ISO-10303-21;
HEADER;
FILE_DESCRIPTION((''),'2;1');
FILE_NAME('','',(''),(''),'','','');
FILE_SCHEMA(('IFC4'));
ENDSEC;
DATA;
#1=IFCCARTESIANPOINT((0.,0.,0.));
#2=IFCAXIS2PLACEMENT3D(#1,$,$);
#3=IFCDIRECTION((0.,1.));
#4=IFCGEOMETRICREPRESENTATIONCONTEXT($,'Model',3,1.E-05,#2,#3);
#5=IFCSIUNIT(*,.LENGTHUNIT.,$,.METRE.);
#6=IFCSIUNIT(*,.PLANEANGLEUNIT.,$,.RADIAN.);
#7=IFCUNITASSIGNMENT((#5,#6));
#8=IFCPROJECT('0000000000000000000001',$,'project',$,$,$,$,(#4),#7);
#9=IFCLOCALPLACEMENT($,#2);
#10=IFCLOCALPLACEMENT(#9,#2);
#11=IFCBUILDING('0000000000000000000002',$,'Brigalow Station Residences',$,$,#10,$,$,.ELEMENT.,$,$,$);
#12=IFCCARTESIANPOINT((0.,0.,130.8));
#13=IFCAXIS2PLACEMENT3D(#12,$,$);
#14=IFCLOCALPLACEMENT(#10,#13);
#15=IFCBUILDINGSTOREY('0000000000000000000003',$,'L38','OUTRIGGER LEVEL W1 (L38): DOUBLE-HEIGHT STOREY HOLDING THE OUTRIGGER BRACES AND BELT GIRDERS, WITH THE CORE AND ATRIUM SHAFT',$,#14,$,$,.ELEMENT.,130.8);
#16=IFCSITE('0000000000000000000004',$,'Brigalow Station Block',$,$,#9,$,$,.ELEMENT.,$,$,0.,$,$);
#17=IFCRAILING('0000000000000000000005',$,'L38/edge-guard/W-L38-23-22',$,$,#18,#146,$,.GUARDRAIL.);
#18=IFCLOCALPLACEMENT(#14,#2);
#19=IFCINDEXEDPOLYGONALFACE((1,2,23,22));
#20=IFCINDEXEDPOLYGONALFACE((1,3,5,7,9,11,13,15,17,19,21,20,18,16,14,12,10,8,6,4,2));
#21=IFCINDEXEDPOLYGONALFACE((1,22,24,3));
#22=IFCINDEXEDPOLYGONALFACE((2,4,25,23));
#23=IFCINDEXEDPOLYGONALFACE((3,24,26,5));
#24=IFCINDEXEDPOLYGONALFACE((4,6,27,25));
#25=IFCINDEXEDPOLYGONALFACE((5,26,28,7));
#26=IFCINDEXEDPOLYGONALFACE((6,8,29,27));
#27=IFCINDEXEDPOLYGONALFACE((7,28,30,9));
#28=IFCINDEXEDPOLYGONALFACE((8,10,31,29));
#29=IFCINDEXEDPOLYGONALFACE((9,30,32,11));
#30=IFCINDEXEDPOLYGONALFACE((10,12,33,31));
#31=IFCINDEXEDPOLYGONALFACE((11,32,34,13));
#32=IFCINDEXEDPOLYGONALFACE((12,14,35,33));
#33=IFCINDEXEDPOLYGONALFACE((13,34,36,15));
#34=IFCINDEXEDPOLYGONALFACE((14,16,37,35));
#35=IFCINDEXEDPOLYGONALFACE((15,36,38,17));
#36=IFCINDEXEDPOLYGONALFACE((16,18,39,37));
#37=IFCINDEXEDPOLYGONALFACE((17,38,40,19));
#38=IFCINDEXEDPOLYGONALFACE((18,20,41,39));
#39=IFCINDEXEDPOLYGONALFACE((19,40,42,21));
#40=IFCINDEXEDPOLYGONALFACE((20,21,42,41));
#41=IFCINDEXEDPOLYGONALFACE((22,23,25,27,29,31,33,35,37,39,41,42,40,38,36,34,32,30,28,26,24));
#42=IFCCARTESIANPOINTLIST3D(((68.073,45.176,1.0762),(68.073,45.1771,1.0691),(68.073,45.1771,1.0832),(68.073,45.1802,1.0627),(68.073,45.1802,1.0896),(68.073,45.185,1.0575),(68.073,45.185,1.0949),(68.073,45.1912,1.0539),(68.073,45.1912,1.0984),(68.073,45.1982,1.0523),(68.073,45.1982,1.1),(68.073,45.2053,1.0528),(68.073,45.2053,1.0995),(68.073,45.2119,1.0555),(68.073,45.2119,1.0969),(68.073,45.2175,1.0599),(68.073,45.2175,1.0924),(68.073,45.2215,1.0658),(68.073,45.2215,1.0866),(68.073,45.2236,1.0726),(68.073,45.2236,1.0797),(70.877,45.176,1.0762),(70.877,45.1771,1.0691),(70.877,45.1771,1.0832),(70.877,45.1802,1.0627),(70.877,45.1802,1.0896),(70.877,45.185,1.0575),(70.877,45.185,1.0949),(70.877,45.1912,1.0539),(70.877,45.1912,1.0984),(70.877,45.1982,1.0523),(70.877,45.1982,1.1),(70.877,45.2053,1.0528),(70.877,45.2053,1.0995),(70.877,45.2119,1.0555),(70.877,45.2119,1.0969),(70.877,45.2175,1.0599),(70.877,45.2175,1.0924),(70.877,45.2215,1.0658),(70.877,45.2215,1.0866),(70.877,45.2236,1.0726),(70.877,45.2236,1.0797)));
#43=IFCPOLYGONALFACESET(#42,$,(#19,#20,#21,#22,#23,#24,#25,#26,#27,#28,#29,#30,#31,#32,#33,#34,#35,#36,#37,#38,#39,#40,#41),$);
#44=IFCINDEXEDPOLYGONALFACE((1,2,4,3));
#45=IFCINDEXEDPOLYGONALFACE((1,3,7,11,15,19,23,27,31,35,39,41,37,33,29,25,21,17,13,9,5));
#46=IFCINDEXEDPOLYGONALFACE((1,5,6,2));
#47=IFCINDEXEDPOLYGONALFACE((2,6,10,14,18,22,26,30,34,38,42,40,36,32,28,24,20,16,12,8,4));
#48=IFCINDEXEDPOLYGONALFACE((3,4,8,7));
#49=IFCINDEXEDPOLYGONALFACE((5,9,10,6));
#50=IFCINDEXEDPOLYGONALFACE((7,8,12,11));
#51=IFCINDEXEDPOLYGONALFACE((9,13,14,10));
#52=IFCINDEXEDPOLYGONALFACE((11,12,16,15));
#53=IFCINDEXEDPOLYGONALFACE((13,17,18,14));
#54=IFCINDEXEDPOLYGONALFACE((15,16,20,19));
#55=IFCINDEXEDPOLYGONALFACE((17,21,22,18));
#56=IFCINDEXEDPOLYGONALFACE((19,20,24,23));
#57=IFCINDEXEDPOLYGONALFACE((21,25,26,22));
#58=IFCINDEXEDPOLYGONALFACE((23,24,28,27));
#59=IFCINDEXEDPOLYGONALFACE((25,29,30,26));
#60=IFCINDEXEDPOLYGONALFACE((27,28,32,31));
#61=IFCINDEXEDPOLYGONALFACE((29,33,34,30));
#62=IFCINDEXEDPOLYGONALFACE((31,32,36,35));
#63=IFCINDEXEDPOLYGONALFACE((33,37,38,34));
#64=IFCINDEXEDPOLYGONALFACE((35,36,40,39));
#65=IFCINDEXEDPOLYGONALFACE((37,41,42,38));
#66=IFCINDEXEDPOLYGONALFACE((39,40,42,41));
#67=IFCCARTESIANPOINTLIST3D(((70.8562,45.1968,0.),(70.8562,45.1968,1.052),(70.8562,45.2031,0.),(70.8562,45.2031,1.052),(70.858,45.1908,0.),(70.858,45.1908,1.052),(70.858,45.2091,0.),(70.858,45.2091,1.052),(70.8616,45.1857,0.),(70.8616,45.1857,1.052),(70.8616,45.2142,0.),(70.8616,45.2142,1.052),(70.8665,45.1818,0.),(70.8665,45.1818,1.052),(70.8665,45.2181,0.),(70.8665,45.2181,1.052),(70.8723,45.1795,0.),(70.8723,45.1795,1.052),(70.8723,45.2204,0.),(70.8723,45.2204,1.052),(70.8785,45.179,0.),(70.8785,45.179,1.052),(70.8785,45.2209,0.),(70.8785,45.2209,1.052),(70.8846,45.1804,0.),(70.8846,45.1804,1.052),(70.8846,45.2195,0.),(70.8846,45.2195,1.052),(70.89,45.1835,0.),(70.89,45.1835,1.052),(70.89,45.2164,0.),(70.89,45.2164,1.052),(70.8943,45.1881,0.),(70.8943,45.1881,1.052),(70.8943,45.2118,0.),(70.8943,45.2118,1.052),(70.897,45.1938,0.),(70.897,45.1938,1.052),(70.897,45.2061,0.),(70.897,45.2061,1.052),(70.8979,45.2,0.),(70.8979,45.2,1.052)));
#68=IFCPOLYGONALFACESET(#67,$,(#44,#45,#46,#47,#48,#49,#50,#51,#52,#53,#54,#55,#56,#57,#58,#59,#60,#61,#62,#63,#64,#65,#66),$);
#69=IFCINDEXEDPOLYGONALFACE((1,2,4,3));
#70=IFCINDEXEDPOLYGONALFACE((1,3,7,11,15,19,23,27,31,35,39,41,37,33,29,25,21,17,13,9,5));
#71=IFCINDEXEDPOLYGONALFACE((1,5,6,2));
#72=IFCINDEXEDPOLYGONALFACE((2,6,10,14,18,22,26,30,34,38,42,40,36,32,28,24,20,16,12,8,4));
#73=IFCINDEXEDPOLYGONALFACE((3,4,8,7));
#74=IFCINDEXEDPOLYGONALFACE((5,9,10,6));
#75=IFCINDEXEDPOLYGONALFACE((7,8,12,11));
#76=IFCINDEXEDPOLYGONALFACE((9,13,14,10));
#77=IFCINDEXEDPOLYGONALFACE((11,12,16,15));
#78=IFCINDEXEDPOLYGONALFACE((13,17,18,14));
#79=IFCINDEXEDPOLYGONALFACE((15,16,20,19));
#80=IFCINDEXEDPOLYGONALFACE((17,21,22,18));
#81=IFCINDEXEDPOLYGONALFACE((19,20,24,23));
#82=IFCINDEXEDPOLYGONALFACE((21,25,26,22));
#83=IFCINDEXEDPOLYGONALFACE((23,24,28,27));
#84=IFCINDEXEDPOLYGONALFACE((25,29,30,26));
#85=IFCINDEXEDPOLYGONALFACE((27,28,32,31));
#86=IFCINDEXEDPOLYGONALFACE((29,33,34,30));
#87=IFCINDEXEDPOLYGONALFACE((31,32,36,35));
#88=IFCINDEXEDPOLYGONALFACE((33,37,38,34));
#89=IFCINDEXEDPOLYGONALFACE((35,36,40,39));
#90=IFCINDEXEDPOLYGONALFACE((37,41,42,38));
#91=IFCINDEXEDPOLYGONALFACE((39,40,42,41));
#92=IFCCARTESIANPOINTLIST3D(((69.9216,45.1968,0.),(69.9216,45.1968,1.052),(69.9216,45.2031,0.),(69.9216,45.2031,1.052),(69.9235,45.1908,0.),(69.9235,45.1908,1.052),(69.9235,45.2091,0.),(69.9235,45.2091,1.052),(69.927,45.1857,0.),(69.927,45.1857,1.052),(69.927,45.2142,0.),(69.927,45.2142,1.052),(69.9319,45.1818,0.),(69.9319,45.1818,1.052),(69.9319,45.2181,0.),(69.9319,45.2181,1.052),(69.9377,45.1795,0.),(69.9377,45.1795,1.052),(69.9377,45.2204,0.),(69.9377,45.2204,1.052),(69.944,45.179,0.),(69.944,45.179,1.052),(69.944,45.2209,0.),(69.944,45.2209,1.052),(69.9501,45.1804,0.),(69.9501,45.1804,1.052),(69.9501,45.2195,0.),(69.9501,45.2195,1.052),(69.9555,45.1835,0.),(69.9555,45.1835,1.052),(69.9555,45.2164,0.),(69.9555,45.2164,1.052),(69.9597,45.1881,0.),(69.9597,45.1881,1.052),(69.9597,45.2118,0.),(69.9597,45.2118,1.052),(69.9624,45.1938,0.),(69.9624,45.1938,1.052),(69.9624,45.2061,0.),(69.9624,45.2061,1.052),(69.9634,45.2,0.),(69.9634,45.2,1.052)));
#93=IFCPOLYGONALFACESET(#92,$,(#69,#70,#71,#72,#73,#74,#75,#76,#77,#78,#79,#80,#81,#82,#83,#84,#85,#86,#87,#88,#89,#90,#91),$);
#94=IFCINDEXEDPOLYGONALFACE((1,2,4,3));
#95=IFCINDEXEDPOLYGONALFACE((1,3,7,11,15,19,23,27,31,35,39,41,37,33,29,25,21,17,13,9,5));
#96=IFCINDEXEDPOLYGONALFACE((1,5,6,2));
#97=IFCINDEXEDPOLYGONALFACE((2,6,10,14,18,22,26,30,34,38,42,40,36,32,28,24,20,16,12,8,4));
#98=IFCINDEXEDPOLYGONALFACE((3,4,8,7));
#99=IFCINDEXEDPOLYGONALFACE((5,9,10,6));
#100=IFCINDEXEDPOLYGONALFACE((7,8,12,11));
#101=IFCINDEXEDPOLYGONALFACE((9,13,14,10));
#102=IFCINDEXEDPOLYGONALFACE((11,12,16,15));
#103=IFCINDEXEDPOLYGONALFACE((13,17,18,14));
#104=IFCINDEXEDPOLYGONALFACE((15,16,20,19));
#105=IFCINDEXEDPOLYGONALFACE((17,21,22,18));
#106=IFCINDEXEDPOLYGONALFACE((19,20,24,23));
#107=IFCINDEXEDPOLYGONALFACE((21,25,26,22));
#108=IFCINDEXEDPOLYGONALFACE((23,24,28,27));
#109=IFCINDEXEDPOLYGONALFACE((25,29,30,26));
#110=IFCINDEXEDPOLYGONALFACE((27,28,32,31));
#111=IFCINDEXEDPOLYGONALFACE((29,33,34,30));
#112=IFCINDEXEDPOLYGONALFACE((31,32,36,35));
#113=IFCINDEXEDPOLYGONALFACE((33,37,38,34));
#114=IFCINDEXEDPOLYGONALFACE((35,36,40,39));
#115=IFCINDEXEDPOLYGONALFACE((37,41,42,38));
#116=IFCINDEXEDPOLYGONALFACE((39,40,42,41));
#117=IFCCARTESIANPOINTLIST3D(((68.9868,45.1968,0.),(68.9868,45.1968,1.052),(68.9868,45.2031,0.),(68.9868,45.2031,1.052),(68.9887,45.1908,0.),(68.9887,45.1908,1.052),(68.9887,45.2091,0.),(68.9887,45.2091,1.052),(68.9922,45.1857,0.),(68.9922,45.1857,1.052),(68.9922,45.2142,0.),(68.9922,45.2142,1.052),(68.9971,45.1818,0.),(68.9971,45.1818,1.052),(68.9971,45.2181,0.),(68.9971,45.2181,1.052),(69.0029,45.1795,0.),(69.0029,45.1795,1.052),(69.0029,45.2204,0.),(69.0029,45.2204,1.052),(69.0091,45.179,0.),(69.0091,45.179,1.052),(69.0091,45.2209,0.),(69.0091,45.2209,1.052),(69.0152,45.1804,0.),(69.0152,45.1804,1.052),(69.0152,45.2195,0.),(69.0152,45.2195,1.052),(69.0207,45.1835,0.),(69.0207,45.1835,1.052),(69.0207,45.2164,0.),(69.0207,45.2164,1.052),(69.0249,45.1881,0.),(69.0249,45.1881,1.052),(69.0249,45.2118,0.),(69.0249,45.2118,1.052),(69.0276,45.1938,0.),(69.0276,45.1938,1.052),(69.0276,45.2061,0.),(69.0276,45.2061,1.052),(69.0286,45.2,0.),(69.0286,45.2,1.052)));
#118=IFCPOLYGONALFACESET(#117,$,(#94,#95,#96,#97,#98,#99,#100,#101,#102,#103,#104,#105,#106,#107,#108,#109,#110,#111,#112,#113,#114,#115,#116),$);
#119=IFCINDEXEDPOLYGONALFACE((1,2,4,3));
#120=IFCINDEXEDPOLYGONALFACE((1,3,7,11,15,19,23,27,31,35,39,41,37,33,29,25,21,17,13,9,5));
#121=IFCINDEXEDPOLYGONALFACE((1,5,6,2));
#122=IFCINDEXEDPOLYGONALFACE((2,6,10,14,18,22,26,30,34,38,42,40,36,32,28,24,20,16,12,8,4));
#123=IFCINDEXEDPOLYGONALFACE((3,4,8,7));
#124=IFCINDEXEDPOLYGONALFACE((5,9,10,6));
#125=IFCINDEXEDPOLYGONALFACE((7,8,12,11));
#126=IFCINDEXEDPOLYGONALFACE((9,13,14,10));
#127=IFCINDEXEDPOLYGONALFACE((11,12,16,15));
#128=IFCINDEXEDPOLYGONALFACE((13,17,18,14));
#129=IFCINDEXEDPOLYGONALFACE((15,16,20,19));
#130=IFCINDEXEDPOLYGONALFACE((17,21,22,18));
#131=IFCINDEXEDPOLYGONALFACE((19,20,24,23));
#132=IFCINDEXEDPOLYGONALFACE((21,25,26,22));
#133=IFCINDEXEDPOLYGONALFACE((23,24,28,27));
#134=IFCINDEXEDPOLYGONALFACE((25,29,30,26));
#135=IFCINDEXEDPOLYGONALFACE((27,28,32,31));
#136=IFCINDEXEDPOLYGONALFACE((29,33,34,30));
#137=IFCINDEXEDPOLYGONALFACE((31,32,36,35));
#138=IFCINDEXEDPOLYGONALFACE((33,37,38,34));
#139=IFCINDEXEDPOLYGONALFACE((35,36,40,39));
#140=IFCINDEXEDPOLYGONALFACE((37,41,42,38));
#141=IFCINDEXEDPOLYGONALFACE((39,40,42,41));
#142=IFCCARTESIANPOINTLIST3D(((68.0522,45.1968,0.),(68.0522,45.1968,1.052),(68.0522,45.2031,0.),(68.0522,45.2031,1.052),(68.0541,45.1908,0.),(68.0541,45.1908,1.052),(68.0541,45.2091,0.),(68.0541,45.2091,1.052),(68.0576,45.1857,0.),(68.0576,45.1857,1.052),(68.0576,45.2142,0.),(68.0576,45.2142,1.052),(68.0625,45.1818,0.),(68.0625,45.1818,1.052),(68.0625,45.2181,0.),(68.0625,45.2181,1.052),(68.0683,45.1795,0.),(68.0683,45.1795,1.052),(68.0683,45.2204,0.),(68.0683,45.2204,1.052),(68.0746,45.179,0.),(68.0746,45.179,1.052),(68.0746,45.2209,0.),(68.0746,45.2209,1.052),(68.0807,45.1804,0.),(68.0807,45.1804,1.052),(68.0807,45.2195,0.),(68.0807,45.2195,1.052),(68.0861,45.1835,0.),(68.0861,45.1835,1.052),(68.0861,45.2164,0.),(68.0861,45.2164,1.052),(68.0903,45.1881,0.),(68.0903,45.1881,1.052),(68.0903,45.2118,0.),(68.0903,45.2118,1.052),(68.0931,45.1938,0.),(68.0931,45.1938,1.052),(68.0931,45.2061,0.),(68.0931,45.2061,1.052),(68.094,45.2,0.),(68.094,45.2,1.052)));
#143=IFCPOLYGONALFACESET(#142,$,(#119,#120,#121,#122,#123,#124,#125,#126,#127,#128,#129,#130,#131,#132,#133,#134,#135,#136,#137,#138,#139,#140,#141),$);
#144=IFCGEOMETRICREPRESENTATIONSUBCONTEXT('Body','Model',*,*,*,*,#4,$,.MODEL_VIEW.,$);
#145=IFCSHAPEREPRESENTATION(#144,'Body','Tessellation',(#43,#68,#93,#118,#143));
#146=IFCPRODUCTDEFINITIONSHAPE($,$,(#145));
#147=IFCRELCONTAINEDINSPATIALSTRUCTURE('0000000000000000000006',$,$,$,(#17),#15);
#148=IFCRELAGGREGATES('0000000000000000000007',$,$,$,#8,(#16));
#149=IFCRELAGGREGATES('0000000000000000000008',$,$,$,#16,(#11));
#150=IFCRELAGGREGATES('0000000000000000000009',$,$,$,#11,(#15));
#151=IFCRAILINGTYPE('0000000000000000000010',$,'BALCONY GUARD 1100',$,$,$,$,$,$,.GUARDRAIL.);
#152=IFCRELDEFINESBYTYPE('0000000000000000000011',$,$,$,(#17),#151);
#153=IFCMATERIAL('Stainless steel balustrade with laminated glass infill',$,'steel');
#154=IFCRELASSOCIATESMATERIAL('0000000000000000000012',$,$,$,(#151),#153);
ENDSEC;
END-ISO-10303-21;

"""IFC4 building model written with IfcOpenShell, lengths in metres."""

from ifc_helpers import new_model, si_unit, direction, frame, origin, origin_2d, place, context, subcontext, project, spatial, circle, extrude, material, type_object, element, save


model = new_model("IFC4")

# Units and contexts
model_context = context("Model", 3, precision=1e-05, world=origin(), true_north=direction((0.0, 1.0)))
body_context = subcontext(model_context, "Body", "Model", "MODEL_VIEW")
ifc_project = project(units=[si_unit("LENGTHUNIT", "METRE"), si_unit("PLANEANGLEUNIT", "RADIAN")], contexts=[model_context])

# Site, building, storey
site_placement = place(None, origin())
site = spatial("IfcSite", under=ifc_project, at=site_placement, Name="Brigalow Station Block", CompositionType="ELEMENT", RefElevation=0.0)
building_placement = place(site_placement, origin())
building = spatial("IfcBuilding", under=site, at=building_placement, Name="Brigalow Station Residences", CompositionType="ELEMENT")
storey_placement = place(building_placement, frame((0.0, 0.0, 130.8)))
storey = spatial("IfcBuildingStorey", under=building, at=storey_placement, Name="L38", Description="OUTRIGGER LEVEL W1 (L38): DOUBLE-HEIGHT STOREY HOLDING THE OUTRIGGER BRACES AND BELT GIRDERS, WITH THE CORE AND ATRIUM SHAFT", CompositionType="ELEMENT", Elevation=130.8)

# Railing
ifc_material_1 = material(Name="Stainless steel balustrade with laminated glass infill", Category="steel")
railing_type = type_object("IfcRailingType", Name="BALCONY GUARD 1100", PredefinedType="GUARDRAIL", material=ifc_material_1)
railing_1_placement = place(storey_placement, frame((70.877, 45.2, 0.0)))
element("IfcRailing", 1, at=railing_1_placement, inside=storey, type_object=railing_type, Name="L38/edge-guard/W-L38-23-22", PredefinedType="GUARDRAIL", context=body_context, shape_type="SweptSolid", body=[
    extrude(circle(Radius=0.0239, at=origin_2d()), frame((0.0, 0.0, 1.0762), z_axis=(-1.0, 0.0, 0.0), x_axis=(0.0, -1.0, 0.0)), (0.0, 0.0, 1.0), 2.804),
    extrude(circle(Radius=0.021, at=origin_2d()), origin(), (0.0, 0.0, 1.0), 1.052),
    extrude(circle(Radius=0.021, at=origin_2d()), frame((-0.9346, 0.0, 0.0)), (0.0, 0.0, 1.0), 1.052),
    extrude(circle(Radius=0.021, at=origin_2d()), frame((-1.8694, 0.0, 0.0)), (0.0, 0.0, 1.0), 1.052),
    extrude(circle(Radius=0.021, at=origin_2d()), frame((-2.804, 0.0, 0.0)), (0.0, 0.0, 1.0), 1.052),
])

save(model, "model.ifc")
